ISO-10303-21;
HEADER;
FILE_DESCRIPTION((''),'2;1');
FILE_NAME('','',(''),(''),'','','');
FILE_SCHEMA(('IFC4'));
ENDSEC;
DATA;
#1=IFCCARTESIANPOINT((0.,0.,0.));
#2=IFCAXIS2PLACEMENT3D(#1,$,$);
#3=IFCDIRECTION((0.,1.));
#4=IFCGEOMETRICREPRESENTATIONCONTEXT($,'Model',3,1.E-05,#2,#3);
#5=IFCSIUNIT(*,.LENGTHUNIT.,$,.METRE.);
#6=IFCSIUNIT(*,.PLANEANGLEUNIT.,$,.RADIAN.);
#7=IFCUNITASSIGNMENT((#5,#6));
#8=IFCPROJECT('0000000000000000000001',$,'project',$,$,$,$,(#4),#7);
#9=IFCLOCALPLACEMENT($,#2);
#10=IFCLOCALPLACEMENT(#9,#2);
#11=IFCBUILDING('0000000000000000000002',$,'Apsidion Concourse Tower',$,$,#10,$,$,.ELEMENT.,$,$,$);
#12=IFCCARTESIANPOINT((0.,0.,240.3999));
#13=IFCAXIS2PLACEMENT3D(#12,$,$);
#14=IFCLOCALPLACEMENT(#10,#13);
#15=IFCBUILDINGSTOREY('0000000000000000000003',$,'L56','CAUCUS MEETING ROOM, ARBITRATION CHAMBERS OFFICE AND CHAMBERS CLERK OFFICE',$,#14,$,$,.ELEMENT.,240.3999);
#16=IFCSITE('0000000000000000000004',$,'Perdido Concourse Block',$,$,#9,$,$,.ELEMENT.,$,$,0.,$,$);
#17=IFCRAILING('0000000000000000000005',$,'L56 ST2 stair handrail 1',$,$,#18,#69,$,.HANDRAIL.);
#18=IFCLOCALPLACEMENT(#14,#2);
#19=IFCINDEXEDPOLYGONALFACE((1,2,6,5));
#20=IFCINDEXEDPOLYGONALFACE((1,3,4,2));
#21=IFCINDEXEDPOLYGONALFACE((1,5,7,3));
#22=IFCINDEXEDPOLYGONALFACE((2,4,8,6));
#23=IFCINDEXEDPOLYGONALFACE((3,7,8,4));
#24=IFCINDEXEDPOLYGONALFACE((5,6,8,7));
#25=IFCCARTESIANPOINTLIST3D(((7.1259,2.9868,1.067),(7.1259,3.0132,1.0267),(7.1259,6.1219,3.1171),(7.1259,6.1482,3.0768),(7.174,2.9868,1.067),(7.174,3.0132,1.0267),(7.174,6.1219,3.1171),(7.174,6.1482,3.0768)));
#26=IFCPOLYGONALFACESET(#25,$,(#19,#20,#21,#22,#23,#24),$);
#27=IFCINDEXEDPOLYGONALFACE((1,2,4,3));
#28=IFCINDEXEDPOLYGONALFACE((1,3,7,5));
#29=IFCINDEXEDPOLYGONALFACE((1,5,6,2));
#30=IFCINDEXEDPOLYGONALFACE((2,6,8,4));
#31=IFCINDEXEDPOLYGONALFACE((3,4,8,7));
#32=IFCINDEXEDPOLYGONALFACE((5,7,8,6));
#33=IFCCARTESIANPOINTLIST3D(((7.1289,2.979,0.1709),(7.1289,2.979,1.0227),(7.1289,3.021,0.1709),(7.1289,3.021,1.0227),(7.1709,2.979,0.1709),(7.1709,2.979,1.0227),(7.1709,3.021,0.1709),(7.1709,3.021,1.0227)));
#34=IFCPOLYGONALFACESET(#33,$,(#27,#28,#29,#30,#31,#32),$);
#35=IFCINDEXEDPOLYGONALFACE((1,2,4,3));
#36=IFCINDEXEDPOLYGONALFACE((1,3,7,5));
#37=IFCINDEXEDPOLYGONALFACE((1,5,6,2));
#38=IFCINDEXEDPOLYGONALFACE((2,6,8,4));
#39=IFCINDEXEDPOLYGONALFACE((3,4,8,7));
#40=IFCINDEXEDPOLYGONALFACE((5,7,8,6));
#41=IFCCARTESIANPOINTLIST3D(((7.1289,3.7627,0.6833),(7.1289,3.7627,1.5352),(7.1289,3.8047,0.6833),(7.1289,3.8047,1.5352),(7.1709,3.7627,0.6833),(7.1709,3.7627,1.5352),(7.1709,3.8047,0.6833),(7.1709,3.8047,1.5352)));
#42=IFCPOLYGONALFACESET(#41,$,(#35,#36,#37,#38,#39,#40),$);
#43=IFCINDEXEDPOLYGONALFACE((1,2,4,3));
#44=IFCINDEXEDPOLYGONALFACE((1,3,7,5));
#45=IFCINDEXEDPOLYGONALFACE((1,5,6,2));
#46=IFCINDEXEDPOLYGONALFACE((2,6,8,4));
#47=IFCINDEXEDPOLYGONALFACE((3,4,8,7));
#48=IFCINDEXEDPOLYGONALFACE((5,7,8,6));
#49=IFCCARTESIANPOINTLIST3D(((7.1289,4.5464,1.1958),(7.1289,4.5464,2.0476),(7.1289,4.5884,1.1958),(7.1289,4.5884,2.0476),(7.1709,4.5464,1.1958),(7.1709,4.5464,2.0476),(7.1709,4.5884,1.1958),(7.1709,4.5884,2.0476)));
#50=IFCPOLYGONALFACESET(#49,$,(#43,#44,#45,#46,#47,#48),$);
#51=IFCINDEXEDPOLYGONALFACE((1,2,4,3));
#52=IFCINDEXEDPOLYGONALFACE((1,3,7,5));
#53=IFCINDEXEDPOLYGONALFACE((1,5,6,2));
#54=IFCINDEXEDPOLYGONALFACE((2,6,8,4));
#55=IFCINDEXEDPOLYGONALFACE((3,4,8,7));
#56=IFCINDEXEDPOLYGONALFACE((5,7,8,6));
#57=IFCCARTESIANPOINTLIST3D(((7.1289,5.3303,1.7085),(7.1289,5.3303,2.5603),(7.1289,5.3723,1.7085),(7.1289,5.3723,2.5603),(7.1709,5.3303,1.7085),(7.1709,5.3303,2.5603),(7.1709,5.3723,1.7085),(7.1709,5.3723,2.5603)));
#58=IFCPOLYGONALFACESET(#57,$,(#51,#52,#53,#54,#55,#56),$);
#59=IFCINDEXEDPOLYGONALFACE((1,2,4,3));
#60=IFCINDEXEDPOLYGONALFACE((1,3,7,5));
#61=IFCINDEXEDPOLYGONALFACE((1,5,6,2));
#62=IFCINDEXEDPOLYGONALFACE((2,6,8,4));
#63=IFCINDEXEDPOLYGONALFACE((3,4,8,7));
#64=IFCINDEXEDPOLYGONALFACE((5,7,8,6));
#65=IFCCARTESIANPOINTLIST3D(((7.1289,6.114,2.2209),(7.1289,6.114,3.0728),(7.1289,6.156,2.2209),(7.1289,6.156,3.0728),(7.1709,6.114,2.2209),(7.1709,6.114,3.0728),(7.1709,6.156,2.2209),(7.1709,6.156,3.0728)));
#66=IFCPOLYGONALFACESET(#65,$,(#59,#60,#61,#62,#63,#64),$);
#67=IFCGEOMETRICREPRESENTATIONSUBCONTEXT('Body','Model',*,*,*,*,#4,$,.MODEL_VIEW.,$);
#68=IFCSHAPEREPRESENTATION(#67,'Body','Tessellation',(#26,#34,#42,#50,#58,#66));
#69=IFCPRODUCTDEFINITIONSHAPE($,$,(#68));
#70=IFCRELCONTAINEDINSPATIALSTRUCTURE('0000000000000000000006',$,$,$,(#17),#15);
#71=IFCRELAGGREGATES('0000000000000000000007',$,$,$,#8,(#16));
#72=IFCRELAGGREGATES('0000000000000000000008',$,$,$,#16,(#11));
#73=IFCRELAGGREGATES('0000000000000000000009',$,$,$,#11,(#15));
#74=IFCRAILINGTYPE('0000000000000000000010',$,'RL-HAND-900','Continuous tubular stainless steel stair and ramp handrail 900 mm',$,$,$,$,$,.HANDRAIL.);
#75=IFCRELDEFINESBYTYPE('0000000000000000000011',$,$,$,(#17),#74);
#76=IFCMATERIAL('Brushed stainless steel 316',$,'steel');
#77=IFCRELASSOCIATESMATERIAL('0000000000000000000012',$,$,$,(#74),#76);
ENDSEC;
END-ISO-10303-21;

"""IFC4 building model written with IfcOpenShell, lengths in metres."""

from ifc_helpers import new_model, si_unit, direction, frame, origin, origin_2d, place, context, subcontext, project, spatial, rectangle, extrude, material, type_object, element, save


model = new_model("IFC4")

# Units and contexts
model_context = context("Model", 3, precision=1e-05, world=origin(), true_north=direction((0.0, 1.0)))
body_context = subcontext(model_context, "Body", "Model", "MODEL_VIEW")
ifc_project = project(units=[si_unit("LENGTHUNIT", "METRE"), si_unit("PLANEANGLEUNIT", "RADIAN")], contexts=[model_context])

# Site, building, storey
site_placement = place(None, origin())
site = spatial("IfcSite", under=ifc_project, at=site_placement, Name="Perdido Concourse Block", CompositionType="ELEMENT", RefElevation=0.0)
building_placement = place(site_placement, origin())
building = spatial("IfcBuilding", under=site, at=building_placement, Name="Apsidion Concourse Tower", CompositionType="ELEMENT")
storey_placement = place(building_placement, frame((0.0, 0.0, 240.3999)))
storey = spatial("IfcBuildingStorey", under=building, at=storey_placement, Name="L56", Description="CAUCUS MEETING ROOM, ARBITRATION CHAMBERS OFFICE AND CHAMBERS CLERK OFFICE", CompositionType="ELEMENT", Elevation=240.3999)

# Shared definitions
ifc_material_1 = material(Name="Brushed stainless steel 316", Category="steel")

# Railing
railing_type_1 = type_object("IfcRailingType", Name="RL-HAND-900", Description="Continuous tubular stainless steel stair and ramp handrail 900 mm", PredefinedType="HANDRAIL", material=ifc_material_1)
railing_1_placement = place(storey_placement, frame((7.1499, 3.0, 0.1709)))
element("IfcRailing", 1, at=railing_1_placement, inside=storey, type_object=railing_type_1, Name="L56 ST2 stair handrail 1", PredefinedType="HANDRAIL", context=body_context, shape_type="SweptSolid", body=[
    extrude(rectangle(XDim=0.0481, YDim=0.0481, at=origin_2d()), frame((0.0, 0.0, 0.876), z_axis=(0.0, 0.836941, 0.547293), x_axis=(-1.0, 0.0, 0.0)), (0.0, 0.0, 1.0), 3.7458),
    extrude(rectangle(XDim=0.042, YDim=0.042, at=origin_2d()), origin(), (0.0, 0.0, 1.0), 0.8518),
    extrude(rectangle(XDim=0.042, YDim=0.042, at=origin_2d()), frame((0.0, 0.7837, 0.5125)), (0.0, 0.0, 1.0), 0.8518),
    extrude(rectangle(XDim=0.042, YDim=0.042, at=origin_2d()), frame((0.0, 1.5674, 1.0249)), (0.0, 0.0, 1.0), 0.8518),
    extrude(rectangle(XDim=0.042, YDim=0.042, at=origin_2d()), frame((0.0, 2.3513, 1.5376)), (0.0, 0.0, 1.0), 0.8518),
    extrude(rectangle(XDim=0.042, YDim=0.042, at=origin_2d()), frame((0.0, 3.135, 2.05)), (0.0, 0.0, 1.0), 0.8518),
])

save(model, "model.ifc")
